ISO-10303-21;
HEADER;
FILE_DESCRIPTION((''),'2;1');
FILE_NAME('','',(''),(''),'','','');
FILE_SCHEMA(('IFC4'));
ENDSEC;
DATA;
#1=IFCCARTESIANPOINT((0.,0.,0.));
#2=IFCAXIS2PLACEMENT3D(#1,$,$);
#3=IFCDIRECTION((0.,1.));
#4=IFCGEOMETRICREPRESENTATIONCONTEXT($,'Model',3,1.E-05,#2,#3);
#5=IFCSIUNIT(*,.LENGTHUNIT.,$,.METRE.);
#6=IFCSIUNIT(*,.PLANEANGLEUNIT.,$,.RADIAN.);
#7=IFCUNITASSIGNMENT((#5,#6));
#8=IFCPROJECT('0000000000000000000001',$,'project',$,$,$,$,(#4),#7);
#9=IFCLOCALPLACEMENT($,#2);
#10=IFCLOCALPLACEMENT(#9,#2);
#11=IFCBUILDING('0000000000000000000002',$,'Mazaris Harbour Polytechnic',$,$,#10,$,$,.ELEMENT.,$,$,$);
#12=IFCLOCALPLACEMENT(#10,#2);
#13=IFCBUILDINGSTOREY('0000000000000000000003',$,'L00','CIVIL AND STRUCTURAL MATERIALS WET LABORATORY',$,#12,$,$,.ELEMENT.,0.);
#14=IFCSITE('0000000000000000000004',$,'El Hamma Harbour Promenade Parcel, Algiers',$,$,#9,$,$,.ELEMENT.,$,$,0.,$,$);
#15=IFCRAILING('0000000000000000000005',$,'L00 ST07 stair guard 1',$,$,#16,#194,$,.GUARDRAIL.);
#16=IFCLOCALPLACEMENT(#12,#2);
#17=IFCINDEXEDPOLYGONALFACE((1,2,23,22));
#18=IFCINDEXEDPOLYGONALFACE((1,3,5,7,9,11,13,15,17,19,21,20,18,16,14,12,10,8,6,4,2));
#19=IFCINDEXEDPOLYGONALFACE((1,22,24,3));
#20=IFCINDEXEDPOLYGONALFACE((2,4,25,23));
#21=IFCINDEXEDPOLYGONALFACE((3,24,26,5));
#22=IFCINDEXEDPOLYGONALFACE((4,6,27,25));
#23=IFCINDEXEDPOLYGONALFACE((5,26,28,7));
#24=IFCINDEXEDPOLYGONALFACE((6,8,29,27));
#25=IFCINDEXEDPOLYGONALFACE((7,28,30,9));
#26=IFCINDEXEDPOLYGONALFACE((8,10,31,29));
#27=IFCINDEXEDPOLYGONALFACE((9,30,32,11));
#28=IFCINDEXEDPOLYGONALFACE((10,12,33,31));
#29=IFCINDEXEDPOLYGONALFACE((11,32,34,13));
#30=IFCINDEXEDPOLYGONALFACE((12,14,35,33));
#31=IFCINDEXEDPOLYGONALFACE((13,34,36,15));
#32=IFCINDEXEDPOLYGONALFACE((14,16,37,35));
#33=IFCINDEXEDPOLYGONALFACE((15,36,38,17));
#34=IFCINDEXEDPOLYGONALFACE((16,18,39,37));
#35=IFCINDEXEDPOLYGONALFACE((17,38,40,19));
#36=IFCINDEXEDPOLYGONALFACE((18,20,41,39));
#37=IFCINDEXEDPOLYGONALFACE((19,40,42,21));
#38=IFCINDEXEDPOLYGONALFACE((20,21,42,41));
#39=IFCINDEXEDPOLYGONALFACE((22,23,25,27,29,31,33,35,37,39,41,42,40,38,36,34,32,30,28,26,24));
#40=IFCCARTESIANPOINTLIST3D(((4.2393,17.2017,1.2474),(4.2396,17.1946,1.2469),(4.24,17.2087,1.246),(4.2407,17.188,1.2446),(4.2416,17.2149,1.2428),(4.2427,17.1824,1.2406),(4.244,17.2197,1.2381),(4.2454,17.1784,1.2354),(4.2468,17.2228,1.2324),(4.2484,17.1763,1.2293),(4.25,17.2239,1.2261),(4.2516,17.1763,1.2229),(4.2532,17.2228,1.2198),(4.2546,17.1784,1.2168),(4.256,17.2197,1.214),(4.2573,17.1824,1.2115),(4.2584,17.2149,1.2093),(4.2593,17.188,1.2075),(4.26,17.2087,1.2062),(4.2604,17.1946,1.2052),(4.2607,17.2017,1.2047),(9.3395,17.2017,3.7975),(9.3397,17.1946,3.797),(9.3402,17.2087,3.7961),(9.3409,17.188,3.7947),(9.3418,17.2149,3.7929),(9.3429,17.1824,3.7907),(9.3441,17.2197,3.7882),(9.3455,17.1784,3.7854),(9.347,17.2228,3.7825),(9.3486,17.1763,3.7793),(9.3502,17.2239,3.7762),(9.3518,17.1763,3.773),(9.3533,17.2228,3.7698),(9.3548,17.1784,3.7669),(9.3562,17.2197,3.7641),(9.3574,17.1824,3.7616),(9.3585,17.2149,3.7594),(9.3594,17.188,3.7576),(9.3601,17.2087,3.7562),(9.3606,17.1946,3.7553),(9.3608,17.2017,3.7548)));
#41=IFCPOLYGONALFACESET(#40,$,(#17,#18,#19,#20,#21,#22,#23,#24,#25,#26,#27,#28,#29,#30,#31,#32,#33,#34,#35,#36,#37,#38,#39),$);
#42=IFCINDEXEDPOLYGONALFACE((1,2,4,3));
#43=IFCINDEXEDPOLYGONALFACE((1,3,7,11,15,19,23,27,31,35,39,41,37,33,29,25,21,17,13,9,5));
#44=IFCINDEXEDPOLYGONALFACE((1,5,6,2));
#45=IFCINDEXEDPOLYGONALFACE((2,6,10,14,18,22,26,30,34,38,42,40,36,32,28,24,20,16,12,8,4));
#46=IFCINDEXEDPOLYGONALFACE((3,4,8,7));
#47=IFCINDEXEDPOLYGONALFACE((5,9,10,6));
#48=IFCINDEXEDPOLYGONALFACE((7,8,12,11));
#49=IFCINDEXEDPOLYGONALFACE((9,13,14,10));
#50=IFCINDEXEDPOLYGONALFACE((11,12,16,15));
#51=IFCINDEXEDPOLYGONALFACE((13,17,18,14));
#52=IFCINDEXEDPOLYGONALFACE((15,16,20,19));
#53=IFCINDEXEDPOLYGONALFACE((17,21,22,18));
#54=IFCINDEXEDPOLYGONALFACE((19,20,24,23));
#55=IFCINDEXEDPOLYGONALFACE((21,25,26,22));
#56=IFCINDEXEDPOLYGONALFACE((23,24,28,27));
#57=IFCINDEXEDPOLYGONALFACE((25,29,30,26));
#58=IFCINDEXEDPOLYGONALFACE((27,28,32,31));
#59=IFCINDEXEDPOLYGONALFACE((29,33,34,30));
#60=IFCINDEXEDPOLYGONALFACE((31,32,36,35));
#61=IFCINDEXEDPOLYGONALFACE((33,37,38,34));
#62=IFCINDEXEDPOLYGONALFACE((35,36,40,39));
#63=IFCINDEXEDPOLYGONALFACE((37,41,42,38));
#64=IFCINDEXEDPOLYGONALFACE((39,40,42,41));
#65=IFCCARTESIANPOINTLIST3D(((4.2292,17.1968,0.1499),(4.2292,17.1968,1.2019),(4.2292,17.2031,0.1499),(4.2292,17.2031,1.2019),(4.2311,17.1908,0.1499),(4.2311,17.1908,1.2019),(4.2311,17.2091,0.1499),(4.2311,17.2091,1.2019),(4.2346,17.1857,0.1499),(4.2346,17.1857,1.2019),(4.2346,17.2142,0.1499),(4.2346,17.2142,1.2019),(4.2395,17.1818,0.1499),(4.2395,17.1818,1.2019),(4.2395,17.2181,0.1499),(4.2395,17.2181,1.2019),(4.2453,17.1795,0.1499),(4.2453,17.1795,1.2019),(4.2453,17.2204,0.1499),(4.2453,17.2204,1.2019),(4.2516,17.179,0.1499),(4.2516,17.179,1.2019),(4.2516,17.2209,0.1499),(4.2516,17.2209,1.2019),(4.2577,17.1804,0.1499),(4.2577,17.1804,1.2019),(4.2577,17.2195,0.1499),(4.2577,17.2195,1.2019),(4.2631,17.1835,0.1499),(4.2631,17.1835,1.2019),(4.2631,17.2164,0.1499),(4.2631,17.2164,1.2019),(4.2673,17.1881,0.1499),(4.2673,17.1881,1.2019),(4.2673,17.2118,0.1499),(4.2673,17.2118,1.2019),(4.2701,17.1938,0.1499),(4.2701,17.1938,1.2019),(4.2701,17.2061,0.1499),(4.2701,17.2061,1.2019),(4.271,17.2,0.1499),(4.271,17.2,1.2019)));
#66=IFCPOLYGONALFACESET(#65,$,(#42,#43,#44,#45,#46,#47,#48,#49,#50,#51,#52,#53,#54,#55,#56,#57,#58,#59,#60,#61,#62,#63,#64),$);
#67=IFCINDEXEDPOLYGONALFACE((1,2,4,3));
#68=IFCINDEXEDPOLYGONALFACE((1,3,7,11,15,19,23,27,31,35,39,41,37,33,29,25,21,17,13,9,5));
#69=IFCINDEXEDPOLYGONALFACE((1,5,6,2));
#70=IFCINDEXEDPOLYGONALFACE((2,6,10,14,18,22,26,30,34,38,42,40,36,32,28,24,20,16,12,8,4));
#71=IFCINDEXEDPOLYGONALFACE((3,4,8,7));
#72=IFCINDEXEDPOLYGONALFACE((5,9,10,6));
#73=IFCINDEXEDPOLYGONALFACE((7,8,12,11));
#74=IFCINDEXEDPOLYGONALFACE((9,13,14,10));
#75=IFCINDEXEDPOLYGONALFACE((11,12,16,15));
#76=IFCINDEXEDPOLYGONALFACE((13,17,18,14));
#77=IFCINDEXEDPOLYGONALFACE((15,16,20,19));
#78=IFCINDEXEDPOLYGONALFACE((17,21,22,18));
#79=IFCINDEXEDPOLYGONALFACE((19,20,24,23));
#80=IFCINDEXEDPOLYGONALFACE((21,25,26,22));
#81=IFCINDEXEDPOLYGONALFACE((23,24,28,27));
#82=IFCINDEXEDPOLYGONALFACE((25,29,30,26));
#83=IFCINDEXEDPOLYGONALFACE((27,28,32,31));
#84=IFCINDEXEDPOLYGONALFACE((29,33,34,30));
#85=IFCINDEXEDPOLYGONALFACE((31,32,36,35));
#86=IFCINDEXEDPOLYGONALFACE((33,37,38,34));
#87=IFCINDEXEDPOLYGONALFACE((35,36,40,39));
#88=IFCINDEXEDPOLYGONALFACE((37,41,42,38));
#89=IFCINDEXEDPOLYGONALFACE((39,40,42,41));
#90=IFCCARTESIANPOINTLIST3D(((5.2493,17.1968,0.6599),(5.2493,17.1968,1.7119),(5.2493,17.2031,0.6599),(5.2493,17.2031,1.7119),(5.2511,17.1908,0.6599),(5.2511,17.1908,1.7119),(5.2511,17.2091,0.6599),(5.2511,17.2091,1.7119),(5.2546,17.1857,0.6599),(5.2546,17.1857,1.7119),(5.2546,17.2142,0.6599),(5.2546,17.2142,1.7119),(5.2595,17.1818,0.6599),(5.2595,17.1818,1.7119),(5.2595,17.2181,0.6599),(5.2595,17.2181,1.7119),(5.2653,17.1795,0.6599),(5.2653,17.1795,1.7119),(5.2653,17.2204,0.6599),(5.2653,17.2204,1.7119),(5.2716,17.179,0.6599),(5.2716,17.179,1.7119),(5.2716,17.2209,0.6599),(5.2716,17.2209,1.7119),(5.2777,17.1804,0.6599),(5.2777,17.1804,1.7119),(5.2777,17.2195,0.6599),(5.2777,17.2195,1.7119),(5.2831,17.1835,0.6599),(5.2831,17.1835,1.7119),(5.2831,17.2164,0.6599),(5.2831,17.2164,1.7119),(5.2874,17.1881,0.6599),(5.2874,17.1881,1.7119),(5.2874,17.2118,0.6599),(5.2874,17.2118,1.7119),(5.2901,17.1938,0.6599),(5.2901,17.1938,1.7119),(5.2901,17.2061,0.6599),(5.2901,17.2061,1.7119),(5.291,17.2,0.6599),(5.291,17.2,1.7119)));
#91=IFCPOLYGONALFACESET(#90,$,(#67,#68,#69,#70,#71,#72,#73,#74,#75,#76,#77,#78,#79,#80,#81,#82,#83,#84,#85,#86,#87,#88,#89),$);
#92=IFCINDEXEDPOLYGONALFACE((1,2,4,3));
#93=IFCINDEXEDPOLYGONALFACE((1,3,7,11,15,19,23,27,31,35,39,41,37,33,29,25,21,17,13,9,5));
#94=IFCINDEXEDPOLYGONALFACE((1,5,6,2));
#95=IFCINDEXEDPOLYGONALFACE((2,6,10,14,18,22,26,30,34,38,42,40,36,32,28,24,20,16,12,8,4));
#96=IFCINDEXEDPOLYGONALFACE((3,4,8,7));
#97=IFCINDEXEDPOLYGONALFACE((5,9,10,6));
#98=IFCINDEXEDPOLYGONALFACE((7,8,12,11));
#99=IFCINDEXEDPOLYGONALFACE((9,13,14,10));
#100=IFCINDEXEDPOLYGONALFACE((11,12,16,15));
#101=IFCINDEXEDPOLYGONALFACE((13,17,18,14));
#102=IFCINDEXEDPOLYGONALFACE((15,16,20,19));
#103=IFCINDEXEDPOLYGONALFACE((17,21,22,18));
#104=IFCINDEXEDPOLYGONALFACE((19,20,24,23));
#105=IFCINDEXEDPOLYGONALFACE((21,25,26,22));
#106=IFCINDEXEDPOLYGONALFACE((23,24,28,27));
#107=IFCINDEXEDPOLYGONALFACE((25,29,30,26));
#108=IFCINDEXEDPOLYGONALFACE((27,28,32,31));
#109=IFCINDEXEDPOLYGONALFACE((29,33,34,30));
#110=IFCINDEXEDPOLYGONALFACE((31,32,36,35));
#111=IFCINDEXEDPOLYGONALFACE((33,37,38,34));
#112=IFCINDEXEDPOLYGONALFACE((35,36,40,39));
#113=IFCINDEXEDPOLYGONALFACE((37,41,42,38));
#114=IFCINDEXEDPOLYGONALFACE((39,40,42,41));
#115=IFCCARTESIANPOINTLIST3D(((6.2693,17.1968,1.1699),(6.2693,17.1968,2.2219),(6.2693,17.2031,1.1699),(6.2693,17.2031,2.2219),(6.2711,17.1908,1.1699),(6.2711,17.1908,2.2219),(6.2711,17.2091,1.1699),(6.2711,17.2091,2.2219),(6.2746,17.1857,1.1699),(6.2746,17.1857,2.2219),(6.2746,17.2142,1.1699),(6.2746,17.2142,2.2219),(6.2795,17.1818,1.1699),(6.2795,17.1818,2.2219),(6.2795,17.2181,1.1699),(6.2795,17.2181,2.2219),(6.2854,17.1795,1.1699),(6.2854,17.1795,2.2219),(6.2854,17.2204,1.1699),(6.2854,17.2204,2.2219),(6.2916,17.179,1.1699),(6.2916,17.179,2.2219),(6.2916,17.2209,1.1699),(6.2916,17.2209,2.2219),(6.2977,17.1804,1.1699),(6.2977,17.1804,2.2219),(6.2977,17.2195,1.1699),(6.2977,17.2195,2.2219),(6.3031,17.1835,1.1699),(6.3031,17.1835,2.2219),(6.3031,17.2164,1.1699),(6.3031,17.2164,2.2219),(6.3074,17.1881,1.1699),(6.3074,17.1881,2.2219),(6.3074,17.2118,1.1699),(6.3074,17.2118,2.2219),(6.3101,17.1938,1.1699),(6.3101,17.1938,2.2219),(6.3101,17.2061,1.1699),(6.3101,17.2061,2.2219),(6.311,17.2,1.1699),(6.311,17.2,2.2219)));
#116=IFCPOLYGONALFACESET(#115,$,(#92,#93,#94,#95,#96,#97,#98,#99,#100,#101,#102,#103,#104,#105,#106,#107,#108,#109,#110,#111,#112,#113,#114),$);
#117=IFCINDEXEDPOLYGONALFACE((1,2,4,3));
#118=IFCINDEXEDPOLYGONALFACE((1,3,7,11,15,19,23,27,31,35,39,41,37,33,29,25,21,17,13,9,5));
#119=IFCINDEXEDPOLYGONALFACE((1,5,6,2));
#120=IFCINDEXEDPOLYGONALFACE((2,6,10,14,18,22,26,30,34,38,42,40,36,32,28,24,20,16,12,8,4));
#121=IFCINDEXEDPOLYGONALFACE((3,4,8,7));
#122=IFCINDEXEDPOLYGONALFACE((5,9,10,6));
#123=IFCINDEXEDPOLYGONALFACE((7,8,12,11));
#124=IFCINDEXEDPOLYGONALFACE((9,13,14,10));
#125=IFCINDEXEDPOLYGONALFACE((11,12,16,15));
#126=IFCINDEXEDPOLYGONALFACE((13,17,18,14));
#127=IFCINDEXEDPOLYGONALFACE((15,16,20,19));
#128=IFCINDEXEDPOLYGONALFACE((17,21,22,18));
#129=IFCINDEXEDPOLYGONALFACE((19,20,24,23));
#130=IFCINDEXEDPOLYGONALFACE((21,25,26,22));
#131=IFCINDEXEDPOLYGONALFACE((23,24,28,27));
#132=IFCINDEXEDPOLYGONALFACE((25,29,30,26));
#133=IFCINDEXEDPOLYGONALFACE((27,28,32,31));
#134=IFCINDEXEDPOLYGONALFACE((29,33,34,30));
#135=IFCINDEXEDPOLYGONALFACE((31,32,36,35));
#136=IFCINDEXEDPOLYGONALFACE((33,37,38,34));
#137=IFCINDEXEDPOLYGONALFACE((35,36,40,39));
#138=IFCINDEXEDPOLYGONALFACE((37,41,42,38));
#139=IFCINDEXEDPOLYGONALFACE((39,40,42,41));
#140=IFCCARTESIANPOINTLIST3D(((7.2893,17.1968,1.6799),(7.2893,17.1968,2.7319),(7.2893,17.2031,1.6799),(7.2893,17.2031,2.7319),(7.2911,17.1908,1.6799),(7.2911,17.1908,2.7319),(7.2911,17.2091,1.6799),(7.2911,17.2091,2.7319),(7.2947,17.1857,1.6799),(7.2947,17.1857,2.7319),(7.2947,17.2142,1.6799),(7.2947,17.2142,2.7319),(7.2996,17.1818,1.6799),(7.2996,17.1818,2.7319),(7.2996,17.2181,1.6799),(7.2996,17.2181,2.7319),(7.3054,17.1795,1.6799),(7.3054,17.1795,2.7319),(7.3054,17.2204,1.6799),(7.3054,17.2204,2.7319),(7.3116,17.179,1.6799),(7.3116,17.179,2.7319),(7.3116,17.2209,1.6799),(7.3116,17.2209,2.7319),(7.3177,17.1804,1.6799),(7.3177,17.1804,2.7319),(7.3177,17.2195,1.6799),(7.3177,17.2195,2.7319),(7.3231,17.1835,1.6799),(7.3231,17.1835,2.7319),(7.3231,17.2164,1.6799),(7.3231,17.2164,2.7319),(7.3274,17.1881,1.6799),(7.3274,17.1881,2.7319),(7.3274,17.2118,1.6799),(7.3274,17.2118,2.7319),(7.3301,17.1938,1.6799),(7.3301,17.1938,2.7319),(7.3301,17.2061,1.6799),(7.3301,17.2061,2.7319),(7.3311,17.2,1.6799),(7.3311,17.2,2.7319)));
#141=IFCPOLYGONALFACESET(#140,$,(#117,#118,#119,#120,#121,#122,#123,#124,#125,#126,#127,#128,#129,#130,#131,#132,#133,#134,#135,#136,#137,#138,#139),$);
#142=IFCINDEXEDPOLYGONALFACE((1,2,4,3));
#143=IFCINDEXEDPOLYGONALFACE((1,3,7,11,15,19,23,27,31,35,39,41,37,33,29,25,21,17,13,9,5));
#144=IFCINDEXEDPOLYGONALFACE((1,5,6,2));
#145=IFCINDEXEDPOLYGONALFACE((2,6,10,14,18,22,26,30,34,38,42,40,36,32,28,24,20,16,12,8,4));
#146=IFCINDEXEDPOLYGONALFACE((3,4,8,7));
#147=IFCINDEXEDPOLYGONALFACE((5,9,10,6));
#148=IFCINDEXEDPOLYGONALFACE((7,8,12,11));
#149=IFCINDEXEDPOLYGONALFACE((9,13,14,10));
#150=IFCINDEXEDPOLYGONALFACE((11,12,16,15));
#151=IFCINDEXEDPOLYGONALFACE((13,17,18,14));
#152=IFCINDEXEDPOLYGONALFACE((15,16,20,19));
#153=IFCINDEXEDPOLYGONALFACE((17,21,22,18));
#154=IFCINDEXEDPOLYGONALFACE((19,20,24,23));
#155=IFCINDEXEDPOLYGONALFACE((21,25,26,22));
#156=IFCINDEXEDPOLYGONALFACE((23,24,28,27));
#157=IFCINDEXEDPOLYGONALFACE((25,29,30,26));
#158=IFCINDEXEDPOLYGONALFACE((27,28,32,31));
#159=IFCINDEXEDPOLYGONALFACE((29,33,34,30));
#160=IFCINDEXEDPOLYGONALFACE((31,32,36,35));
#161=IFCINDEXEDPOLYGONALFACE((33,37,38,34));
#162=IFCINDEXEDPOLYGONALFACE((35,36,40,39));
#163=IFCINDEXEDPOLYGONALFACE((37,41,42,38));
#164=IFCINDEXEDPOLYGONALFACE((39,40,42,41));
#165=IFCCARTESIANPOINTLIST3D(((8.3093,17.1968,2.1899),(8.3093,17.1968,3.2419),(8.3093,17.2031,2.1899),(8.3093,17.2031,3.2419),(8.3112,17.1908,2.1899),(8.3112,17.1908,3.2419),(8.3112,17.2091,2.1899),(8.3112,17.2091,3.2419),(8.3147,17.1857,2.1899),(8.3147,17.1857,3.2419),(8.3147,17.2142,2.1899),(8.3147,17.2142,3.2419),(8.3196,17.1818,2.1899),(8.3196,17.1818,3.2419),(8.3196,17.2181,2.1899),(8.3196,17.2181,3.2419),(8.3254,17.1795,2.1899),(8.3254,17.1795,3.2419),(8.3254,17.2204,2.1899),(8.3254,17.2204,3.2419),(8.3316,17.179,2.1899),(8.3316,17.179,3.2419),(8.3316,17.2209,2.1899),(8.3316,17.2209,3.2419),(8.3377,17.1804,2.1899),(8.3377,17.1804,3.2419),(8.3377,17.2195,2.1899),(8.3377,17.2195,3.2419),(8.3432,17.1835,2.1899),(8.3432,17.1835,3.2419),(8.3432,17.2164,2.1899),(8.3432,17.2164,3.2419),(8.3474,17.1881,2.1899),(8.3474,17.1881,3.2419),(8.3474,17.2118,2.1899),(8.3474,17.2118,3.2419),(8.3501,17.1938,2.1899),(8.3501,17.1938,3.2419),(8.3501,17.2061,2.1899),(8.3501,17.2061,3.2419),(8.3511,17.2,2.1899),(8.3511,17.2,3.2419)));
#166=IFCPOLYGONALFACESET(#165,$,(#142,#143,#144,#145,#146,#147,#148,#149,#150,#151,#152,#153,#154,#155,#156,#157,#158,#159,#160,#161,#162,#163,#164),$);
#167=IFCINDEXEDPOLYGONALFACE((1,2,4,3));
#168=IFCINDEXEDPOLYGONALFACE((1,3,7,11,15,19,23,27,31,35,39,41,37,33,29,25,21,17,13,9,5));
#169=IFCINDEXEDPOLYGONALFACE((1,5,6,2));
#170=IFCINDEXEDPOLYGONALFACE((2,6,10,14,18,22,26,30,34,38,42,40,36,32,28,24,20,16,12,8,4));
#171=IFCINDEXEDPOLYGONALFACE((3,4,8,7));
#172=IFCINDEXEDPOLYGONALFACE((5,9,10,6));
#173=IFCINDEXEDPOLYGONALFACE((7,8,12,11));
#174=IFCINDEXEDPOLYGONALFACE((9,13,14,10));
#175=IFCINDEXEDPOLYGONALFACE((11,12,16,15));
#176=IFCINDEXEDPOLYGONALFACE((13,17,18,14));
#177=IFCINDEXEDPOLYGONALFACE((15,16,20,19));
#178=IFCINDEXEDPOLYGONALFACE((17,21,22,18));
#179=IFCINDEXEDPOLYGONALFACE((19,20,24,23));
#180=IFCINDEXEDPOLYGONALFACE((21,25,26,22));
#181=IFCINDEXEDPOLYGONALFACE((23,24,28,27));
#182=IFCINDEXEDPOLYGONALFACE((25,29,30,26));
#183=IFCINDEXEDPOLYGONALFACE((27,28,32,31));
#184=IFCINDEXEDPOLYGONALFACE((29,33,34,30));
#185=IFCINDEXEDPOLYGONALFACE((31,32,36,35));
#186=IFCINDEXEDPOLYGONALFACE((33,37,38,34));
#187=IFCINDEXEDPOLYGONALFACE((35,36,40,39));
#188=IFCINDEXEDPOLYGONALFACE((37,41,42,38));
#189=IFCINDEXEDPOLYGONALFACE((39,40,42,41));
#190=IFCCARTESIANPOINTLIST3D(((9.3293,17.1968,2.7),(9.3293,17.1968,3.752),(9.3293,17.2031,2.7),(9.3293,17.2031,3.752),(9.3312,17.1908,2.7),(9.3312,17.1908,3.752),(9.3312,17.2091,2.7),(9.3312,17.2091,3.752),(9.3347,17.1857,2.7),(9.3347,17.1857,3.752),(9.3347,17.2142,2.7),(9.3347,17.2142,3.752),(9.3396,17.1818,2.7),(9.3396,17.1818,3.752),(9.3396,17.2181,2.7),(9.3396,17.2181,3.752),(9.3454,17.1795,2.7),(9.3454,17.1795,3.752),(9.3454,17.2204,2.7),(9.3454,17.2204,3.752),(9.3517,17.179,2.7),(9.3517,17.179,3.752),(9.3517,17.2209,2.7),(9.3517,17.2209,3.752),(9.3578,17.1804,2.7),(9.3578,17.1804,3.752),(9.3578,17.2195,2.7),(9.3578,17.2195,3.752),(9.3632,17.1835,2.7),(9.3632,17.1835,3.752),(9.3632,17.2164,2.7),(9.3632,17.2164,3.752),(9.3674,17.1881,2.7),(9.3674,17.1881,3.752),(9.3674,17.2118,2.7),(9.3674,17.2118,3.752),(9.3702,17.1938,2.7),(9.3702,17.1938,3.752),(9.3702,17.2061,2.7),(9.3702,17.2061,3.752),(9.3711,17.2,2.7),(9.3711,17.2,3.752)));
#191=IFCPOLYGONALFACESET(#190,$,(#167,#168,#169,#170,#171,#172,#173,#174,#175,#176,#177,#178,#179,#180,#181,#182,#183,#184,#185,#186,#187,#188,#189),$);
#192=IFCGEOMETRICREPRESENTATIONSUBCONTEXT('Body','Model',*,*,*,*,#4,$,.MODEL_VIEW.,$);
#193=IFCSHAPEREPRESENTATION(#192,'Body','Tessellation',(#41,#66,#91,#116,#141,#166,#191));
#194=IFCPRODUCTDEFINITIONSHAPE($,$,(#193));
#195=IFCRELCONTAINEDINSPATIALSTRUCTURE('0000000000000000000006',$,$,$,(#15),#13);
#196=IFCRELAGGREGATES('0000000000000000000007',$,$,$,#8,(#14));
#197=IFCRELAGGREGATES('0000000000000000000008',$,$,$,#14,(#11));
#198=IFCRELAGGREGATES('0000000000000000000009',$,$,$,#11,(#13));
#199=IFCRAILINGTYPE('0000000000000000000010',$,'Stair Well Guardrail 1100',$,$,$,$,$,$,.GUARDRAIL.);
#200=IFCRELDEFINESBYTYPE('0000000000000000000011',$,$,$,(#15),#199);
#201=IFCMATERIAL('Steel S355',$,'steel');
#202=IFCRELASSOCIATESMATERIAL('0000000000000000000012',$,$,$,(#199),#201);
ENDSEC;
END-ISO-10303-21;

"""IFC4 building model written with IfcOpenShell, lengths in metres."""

from ifc_helpers import new_model, si_unit, direction, frame, origin, origin_2d, place, context, subcontext, project, spatial, circle, extrude, material, type_object, element, save


model = new_model("IFC4")

# Units and contexts
model_context = context("Model", 3, precision=1e-05, world=origin(), true_north=direction((0.0, 1.0)))
body_context = subcontext(model_context, "Body", "Model", "MODEL_VIEW")
ifc_project = project(units=[si_unit("LENGTHUNIT", "METRE"), si_unit("PLANEANGLEUNIT", "RADIAN")], contexts=[model_context])

# Site, building, storey
site_placement = place(None, origin())
site = spatial("IfcSite", under=ifc_project, at=site_placement, Name="El Hamma Harbour Promenade Parcel, Algiers", CompositionType="ELEMENT", RefElevation=0.0)
building_placement = place(site_placement, origin())
building = spatial("IfcBuilding", under=site, at=building_placement, Name="Mazaris Harbour Polytechnic", CompositionType="ELEMENT")
storey_placement = place(building_placement, origin())
storey = spatial("IfcBuildingStorey", under=building, at=storey_placement, Name="L00", Description="CIVIL AND STRUCTURAL MATERIALS WET LABORATORY", CompositionType="ELEMENT", Elevation=0.0)

# Railing
ifc_material_1 = material(Name="Steel S355", Category="steel")
railing_type_1 = type_object("IfcRailingType", Name="Stair Well Guardrail 1100", PredefinedType="GUARDRAIL", material=ifc_material_1)
railing_1_placement = place(storey_placement, frame((4.25, 17.2, 0.1499)))
element("IfcRailing", 1, at=railing_1_placement, inside=storey, type_object=railing_type_1, Name="L00 ST07 stair guard 1", PredefinedType="GUARDRAIL", context=body_context, shape_type="SweptSolid", body=[
    extrude(circle(Radius=0.0239, at=origin_2d()), frame((0.0, 0.0, 1.0762), z_axis=(0.894427, 0.0, 0.447214), x_axis=(0.0, 1.0, 0.0)), (0.0, 0.0, 1.0), 5.7021),
    extrude(circle(Radius=0.021, at=origin_2d()), origin(), (0.0, 0.0, 1.0), 1.052),
    extrude(circle(Radius=0.021, at=origin_2d()), frame((1.02, 0.0, 0.51)), (0.0, 0.0, 1.0), 1.052),
    extrude(circle(Radius=0.021, at=origin_2d()), frame((2.04, 0.0, 1.02)), (0.0, 0.0, 1.0), 1.052),
    extrude(circle(Radius=0.021, at=origin_2d()), frame((3.0601, 0.0, 1.53)), (0.0, 0.0, 1.0), 1.052),
    extrude(circle(Radius=0.021, at=origin_2d()), frame((4.0801, 0.0, 2.04)), (0.0, 0.0, 1.0), 1.052),
    extrude(circle(Radius=0.021, at=origin_2d()), frame((5.1001, 0.0, 2.55)), (0.0, 0.0, 1.0), 1.052),
])

save(model, "model.ifc")
